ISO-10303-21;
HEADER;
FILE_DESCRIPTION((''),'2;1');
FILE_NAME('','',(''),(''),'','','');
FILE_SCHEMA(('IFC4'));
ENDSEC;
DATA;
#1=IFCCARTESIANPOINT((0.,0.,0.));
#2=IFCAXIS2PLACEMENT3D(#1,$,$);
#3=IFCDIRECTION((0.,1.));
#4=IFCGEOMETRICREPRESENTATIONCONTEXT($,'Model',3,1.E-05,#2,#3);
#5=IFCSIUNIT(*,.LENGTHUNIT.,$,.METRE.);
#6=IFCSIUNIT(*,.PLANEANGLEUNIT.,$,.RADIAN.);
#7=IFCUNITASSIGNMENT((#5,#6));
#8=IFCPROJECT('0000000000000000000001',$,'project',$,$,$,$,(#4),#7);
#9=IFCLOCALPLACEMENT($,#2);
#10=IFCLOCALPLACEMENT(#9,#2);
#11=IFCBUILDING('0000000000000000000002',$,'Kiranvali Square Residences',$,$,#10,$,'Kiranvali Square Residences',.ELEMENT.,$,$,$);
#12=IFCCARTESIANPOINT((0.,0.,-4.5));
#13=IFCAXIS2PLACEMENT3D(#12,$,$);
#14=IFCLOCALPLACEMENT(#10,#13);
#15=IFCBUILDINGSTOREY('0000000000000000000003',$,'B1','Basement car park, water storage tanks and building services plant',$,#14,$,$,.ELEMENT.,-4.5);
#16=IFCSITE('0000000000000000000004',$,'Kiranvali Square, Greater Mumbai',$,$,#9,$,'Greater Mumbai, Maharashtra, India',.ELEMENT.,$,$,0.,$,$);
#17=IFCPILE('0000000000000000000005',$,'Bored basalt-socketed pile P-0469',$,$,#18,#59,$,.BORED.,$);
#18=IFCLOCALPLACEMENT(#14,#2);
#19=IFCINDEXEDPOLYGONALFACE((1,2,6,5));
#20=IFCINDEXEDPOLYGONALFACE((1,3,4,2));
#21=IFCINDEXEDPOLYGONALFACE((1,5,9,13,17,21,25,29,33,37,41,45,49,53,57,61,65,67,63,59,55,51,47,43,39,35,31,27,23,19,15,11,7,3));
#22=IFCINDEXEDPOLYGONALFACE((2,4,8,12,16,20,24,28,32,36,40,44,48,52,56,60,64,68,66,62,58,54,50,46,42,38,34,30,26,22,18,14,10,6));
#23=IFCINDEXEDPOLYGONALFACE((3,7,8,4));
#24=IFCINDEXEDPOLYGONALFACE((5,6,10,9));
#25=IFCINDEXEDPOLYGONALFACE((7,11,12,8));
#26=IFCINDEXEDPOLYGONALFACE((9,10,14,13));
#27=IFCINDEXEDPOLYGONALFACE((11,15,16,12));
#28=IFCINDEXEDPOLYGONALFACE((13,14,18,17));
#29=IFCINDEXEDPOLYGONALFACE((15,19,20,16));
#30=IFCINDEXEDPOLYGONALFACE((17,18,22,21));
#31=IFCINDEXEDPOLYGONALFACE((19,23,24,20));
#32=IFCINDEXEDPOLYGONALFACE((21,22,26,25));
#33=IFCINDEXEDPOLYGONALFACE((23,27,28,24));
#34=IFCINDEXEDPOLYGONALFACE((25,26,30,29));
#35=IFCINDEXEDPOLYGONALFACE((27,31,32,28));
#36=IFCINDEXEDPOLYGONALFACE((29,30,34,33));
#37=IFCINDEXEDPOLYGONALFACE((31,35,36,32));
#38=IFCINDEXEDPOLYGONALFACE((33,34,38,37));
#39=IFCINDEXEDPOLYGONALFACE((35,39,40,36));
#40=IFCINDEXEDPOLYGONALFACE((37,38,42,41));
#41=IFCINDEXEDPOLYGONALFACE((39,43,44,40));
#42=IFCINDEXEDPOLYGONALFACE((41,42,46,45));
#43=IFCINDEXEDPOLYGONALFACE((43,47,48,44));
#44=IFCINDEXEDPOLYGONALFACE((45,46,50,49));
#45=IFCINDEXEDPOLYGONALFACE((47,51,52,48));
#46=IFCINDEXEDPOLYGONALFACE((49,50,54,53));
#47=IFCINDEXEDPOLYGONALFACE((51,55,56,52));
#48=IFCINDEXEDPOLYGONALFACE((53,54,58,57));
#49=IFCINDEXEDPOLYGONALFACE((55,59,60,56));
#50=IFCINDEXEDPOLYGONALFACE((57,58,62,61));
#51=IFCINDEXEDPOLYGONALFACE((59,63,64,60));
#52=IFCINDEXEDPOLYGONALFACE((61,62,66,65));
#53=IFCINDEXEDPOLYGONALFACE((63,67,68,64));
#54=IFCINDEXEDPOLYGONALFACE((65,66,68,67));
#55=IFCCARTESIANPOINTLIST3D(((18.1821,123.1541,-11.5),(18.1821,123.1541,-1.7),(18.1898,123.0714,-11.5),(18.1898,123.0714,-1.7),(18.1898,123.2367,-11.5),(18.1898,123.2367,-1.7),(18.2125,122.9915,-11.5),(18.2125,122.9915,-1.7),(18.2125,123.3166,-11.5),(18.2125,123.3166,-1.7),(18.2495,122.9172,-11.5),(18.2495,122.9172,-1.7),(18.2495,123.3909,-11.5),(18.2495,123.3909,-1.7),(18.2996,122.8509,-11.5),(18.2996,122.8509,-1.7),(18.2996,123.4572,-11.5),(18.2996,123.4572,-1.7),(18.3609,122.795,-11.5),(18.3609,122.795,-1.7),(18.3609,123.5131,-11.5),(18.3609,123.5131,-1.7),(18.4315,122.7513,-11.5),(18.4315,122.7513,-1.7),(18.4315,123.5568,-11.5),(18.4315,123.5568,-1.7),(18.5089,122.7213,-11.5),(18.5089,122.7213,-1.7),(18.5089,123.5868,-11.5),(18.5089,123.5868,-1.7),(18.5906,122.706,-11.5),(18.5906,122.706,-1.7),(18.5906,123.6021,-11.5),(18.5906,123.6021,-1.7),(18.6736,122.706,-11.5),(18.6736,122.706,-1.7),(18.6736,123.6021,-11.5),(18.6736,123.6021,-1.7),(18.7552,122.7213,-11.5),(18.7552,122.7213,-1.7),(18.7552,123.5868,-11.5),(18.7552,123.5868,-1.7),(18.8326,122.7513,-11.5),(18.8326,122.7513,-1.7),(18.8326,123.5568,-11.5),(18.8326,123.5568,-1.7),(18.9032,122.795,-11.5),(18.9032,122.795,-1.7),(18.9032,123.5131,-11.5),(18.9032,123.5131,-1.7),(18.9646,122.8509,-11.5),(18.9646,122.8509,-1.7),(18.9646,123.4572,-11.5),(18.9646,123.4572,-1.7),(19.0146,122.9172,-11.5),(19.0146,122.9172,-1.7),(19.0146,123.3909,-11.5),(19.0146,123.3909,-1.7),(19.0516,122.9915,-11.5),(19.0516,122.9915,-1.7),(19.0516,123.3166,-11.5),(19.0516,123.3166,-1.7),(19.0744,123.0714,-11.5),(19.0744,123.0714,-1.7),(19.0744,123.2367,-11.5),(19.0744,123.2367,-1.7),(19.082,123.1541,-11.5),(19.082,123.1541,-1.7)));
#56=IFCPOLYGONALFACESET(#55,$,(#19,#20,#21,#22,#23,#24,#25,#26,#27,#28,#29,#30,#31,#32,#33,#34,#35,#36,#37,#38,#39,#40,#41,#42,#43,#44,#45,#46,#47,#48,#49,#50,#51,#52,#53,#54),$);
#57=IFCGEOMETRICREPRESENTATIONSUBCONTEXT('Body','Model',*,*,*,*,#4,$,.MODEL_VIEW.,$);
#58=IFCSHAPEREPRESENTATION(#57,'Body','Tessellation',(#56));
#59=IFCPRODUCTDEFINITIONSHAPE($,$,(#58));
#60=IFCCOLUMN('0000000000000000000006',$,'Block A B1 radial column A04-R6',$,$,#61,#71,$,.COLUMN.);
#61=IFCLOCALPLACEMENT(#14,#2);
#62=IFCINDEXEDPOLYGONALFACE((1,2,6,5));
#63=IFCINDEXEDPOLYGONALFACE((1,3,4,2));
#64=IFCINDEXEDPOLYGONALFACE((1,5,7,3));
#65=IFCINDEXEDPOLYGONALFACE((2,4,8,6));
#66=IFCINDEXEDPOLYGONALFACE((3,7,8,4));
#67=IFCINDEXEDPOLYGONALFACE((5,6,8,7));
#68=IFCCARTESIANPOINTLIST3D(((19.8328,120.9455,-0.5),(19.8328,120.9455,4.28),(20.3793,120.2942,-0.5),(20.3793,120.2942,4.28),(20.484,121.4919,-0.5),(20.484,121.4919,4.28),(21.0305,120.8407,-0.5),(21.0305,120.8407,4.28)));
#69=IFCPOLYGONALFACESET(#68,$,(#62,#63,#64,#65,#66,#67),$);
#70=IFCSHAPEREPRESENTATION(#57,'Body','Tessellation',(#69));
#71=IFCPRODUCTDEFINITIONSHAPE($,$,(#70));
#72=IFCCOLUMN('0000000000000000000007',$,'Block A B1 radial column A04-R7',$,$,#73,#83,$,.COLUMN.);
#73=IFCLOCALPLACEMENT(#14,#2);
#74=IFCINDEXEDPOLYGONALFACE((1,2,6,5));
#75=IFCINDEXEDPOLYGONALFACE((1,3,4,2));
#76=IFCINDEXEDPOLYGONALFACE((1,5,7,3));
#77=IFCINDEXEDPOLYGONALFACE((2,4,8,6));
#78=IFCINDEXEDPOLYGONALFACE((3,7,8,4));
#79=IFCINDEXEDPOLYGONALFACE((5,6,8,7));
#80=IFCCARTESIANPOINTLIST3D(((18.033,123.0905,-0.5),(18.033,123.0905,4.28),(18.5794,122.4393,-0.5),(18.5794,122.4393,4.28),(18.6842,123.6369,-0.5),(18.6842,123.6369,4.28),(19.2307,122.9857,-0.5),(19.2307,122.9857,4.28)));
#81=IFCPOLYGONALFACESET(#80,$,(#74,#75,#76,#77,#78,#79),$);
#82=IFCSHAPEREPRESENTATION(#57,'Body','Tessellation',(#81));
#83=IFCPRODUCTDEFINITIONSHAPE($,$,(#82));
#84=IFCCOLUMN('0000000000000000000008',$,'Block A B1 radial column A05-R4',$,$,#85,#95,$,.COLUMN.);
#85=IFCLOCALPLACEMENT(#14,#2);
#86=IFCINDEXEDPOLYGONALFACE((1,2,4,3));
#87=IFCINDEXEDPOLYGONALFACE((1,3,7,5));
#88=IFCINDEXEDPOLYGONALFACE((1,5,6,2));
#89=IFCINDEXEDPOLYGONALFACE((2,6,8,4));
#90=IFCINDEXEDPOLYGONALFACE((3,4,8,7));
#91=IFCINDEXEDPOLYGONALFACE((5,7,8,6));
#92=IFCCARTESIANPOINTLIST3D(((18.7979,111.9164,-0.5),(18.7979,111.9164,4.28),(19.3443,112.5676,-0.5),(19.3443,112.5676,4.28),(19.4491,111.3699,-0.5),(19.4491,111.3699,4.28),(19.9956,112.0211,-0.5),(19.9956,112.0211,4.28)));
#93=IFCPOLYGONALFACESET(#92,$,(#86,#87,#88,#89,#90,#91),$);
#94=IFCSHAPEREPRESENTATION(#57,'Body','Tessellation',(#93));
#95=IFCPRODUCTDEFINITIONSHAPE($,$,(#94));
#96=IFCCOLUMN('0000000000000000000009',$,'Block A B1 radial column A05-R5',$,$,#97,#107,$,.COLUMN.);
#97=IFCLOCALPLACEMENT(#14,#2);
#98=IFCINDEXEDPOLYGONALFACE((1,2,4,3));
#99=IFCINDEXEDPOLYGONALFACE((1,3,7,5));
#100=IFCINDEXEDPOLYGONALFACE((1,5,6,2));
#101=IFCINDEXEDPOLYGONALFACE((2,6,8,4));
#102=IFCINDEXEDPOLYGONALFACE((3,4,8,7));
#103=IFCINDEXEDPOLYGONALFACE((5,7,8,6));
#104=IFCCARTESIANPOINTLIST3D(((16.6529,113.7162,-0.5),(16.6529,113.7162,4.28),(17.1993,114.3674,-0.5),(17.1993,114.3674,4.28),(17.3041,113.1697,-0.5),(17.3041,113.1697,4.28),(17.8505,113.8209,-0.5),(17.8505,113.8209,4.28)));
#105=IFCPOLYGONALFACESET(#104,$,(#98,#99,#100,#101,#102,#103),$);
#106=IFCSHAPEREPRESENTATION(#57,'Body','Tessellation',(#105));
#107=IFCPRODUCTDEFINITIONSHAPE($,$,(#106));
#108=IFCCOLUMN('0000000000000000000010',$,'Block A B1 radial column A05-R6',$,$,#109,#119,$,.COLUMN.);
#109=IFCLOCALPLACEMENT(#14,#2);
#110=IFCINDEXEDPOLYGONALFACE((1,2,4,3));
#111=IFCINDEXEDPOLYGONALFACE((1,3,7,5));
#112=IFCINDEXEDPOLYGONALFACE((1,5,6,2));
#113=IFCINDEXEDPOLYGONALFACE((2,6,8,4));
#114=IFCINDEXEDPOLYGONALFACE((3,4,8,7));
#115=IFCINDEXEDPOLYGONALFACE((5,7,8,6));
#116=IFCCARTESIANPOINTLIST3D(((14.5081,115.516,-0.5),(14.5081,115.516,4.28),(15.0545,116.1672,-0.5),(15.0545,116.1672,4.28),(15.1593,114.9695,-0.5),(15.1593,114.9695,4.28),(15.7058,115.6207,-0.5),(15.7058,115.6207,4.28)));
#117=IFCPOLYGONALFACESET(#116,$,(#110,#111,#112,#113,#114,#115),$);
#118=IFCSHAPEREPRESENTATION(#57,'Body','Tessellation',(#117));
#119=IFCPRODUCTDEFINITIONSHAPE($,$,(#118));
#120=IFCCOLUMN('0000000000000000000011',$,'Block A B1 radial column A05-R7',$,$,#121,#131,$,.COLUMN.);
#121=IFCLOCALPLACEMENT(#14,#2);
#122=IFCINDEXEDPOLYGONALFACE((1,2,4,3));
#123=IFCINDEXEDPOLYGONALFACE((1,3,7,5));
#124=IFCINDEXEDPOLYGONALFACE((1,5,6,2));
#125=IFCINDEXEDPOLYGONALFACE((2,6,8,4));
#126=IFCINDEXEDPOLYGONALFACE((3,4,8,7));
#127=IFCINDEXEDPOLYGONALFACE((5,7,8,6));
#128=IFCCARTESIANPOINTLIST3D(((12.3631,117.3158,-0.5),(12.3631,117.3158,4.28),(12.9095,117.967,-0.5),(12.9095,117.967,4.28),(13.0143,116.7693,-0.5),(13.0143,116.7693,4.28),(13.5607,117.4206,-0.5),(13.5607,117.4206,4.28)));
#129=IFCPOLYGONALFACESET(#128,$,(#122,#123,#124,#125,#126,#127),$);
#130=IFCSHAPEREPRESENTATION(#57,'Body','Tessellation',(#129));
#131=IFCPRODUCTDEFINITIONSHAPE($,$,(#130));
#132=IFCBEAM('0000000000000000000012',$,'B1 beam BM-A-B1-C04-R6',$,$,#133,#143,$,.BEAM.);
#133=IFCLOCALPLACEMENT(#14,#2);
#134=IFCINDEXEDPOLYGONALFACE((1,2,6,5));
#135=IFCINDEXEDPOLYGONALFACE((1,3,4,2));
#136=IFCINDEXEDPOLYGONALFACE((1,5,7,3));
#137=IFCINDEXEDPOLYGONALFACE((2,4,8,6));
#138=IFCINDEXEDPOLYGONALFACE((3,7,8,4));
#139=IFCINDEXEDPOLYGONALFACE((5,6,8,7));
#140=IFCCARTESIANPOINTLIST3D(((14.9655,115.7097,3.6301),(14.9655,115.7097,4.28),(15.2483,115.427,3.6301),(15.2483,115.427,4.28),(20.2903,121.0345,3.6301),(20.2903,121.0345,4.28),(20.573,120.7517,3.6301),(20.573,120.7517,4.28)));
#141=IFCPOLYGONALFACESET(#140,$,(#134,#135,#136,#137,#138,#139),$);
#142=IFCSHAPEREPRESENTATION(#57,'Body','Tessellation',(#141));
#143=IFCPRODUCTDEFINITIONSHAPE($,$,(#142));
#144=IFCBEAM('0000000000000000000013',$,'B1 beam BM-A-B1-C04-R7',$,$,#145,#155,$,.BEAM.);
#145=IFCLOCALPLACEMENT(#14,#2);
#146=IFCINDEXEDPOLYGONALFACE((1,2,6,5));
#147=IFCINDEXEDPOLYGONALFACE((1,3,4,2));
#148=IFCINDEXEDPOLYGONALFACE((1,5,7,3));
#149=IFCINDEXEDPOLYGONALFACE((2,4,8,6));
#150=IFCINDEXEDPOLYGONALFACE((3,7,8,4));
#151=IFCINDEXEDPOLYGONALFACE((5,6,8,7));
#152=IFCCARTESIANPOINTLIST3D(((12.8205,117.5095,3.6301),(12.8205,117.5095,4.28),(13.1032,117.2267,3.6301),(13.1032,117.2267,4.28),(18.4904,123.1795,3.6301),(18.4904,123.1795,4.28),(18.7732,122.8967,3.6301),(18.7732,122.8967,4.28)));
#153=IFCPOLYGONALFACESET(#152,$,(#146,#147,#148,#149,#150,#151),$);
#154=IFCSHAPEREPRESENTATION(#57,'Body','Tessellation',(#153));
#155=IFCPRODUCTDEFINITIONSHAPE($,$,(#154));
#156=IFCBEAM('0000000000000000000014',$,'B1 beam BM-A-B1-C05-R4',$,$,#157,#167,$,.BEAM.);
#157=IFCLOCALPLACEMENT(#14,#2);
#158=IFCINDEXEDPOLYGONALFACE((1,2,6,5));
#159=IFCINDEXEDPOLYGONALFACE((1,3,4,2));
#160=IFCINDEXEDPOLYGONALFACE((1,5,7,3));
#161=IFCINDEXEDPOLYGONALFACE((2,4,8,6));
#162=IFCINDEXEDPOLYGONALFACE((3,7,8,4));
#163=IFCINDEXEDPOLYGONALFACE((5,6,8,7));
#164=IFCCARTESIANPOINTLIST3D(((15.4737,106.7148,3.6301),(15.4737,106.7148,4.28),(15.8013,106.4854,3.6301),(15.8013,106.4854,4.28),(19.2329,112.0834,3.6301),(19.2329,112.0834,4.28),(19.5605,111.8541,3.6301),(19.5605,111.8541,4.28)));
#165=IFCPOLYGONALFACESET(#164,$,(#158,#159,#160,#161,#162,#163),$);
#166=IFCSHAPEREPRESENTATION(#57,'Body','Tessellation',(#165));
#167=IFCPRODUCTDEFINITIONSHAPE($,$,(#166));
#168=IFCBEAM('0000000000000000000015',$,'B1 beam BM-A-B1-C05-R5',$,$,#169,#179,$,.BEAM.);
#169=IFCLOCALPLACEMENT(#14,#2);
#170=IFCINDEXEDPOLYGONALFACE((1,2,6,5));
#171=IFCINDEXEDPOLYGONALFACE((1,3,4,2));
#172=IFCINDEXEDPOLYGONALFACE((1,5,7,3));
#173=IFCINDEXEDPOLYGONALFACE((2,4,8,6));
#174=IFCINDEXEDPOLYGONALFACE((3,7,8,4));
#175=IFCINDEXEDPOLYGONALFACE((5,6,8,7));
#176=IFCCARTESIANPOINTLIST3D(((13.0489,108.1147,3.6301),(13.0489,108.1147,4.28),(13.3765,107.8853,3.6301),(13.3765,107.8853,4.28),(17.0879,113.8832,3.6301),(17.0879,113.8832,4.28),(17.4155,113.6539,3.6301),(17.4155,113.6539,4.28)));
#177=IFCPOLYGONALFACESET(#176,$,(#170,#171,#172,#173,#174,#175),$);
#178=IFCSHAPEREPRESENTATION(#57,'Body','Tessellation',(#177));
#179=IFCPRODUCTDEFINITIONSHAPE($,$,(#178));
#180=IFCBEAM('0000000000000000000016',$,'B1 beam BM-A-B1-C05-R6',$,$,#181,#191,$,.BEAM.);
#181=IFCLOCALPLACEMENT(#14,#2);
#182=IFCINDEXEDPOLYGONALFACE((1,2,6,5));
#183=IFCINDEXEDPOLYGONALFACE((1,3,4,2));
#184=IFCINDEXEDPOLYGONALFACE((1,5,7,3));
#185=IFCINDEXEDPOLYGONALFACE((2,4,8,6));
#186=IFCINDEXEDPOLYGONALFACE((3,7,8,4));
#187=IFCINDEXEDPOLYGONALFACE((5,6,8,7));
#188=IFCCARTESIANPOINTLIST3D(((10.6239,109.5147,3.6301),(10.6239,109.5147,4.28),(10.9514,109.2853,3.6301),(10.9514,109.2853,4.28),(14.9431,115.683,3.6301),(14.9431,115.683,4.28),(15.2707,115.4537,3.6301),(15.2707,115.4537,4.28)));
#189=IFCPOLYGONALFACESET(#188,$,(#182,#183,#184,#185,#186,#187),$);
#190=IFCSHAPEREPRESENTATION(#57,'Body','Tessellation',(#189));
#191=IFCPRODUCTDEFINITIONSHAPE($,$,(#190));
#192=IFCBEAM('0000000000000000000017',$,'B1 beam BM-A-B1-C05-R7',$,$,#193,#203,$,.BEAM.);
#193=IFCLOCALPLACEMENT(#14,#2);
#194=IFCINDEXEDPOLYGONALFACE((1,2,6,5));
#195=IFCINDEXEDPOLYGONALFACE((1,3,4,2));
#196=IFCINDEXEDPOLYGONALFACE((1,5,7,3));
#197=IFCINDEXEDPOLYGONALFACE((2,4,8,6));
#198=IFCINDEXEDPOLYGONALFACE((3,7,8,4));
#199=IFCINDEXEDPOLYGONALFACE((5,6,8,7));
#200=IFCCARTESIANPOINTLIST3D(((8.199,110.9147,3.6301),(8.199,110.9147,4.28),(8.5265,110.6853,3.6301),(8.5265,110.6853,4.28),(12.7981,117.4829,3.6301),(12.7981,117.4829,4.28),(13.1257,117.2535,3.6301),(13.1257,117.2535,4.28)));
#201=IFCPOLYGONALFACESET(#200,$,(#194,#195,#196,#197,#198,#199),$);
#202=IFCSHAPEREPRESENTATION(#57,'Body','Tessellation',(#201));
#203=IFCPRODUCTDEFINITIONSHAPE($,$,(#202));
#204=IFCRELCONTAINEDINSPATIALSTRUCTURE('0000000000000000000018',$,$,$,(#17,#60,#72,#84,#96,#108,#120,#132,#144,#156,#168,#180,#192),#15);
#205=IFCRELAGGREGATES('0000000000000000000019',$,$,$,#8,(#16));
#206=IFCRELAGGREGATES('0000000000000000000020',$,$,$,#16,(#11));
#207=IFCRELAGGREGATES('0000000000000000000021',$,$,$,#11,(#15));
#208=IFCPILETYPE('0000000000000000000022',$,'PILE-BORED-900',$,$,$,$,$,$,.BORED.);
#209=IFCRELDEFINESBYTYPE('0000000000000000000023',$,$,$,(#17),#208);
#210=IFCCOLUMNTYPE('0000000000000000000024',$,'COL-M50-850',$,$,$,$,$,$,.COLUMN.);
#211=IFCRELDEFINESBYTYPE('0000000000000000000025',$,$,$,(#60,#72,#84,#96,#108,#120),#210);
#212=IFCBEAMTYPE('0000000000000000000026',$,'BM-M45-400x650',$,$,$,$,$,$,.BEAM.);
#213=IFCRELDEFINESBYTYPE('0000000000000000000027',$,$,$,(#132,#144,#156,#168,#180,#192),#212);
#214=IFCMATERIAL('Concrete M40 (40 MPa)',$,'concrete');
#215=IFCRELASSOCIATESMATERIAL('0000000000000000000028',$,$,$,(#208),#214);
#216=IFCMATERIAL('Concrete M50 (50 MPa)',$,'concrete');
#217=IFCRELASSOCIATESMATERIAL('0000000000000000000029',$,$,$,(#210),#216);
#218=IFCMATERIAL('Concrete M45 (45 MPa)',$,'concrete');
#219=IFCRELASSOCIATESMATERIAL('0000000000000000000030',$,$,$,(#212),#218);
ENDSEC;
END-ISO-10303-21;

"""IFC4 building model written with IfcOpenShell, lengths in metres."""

from ifc_helpers import new_model, si_unit, direction, frame, origin, origin_2d, place, context, subcontext, project, spatial, rectangle, circle, extrude, material, material_profile, profile_set, type_object, element, save


model = new_model("IFC4")

# Units and contexts
model_context = context("Model", 3, precision=1e-05, world=origin(), true_north=direction((0.0, 1.0)))
body_context = subcontext(model_context, "Body", "Model", "MODEL_VIEW")
ifc_project = project(units=[si_unit("LENGTHUNIT", "METRE"), si_unit("PLANEANGLEUNIT", "RADIAN")], contexts=[model_context])

# Site, building, storey
site_placement = place(None, origin())
site = spatial("IfcSite", under=ifc_project, at=site_placement, Name="Kiranvali Square, Greater Mumbai", LongName="Greater Mumbai, Maharashtra, India", CompositionType="ELEMENT", RefElevation=0.0)
building_placement = place(site_placement, origin())
building = spatial("IfcBuilding", under=site, at=building_placement, Name="Kiranvali Square Residences", LongName="Kiranvali Square Residences", CompositionType="ELEMENT")
storey_placement = place(building_placement, frame((0.0, 0.0, -4.5)))
storey = spatial("IfcBuildingStorey", under=building, at=storey_placement, Name="B1", Description="Basement car park, water storage tanks and building services plant", CompositionType="ELEMENT", Elevation=-4.5)

# Shared definitions
ifc_material_1 = material(Name="Concrete M40 (40 MPa)", Category="concrete")

# Pile
ifc_material_profile_1 = material_profile(ifc_material_1, circle(Radius=0.45, at=origin_2d()), Name="BORED PILE 900")
ifc_profile_set_1 = profile_set([ifc_material_profile_1], Name="Concrete M40 (40 MPa)")
pile_type_1 = type_object("IfcPileType", Name="PILE-BORED-900", PredefinedType="BORED", material=ifc_profile_set_1)
pile_placement = place(storey_placement, frame((18.6321, 123.1541, -1.7), z_axis=(0.0, 0.0, -1.0), x_axis=(1.0, 0.0, 0.0)))
element("IfcPile", 1, at=pile_placement, inside=storey, type_object=pile_type_1, Name="Bored basalt-socketed pile P-0469", PredefinedType="BORED", context=body_context, shape_type="SweptSolid", body=[
    extrude(circle(Radius=0.45, at=origin_2d()), origin(), (0.0, 0.0, 1.0), 9.8),
])

# Columns
ifc_material_2 = material(Name="Concrete M50 (50 MPa)", Category="concrete")
ifc_material_profile_2 = material_profile(ifc_material_2, rectangle(XDim=0.8501, YDim=0.8501, at=origin_2d()), Name="RC 850x850")
ifc_profile_set_2 = profile_set([ifc_material_profile_2], Name="Concrete M50 (50 MPa)")
column_type = type_object("IfcColumnType", Name="COL-M50-850", PredefinedType="COLUMN", material=ifc_profile_set_2)
for number, where, z_axis, x_axis, name in (
    (2, (20.4316, 120.8931, -0.5), (0.0, 0.0, 1.0), (0.766044, 0.642788, 0.0), "Block A B1 radial column A04-R6"),
    (3, (18.6318, 123.0381, -0.5), (0.0, 0.0, 1.0), (0.766044, 0.642788, 0.0), "Block A B1 radial column A04-R7"),
    (4, (19.3967, 111.9688, -0.5), (0.0, 0.0, 1.0), (0.642788, 0.766044, 0.0), "Block A B1 radial column A05-R4"),
    (5, (17.2517, 113.7686, -0.5), (0.0, 0.0, 1.0), (0.642788, 0.766044, 0.0), "Block A B1 radial column A05-R5"),
    (6, (15.1069, 115.5684, -0.5), (0.0, 0.0, 1.0), (0.642788, 0.766044, 0.0), "Block A B1 radial column A05-R6"),
    (7, (12.9619, 117.3682, -0.5), (0.0, 0.0, 1.0), (0.642788, 0.766044, 0.0), "Block A B1 radial column A05-R7"),
):
    element("IfcColumn", number, at=place(storey_placement, frame(where, z_axis=z_axis, x_axis=x_axis)), inside=storey, type_object=column_type, Name=name, PredefinedType="COLUMN", context=body_context, shape_type="SweptSolid", body=[
        extrude(rectangle(XDim=0.8501, YDim=0.8501, at=origin_2d()), origin(), (0.0, 0.0, 1.0), 4.78),
    ])

# Beams
ifc_material_3 = material(Name="Concrete M45 (45 MPa)", Category="concrete")
ifc_material_profile_3 = material_profile(ifc_material_3, rectangle(XDim=0.3999, YDim=0.6499, at=origin_2d()), Name="RC 400x650")
ifc_profile_set_3 = profile_set([ifc_material_profile_3], Name="Concrete M45 (45 MPa)")
beam_type = type_object("IfcBeamType", Name="BM-M45-400x650", PredefinedType="BEAM", material=ifc_profile_set_3)
beam_1_placement = place(storey_placement, frame((20.4316, 120.8931, 3.9551), z_axis=(-0.707107, -0.707107, 0.0), x_axis=(0.707107, -0.707107, 0.0)))
element("IfcBeam", 8, at=beam_1_placement, inside=storey, type_object=beam_type, Name="B1 beam BM-A-B1-C04-R6", PredefinedType="BEAM", context=body_context, shape_type="SweptSolid", body=[
    extrude(rectangle(XDim=0.3999, YDim=0.6499, at=origin_2d()), origin(), (0.0, 0.0, 1.0), 7.5303),
])
beam_2_placement = place(storey_placement, frame((18.6318, 123.0381, 3.9551), z_axis=(-0.707107, -0.707107, 0.0), x_axis=(0.707107, -0.707107, 0.0)))
element("IfcBeam", 9, at=beam_2_placement, inside=storey, type_object=beam_type, Name="B1 beam BM-A-B1-C04-R7", PredefinedType="BEAM", context=body_context, shape_type="SweptSolid", body=[
    extrude(rectangle(XDim=0.3999, YDim=0.6499, at=origin_2d()), origin(), (0.0, 0.0, 1.0), 8.0186),
])
beam_3_placement = place(storey_placement, frame((19.3967, 111.9688, 3.9551), z_axis=(-0.573587, -0.819144, 0.0), x_axis=(0.819144, -0.573587, 0.0)))
element("IfcBeam", 10, at=beam_3_placement, inside=storey, type_object=beam_type, Name="B1 beam BM-A-B1-C05-R4", PredefinedType="BEAM", context=body_context, shape_type="SweptSolid", body=[
    extrude(rectangle(XDim=0.3999, YDim=0.6499, at=origin_2d()), origin(), (0.0, 0.0, 1.0), 6.554),
])
beam_4_placement = place(storey_placement, frame((17.2517, 113.7686, 3.9551), z_axis=(-0.573565, -0.81916, 0.0), x_axis=(0.81916, -0.573565, 0.0)))
element("IfcBeam", 11, at=beam_4_placement, inside=storey, type_object=beam_type, Name="B1 beam BM-A-B1-C05-R5", PredefinedType="BEAM", context=body_context, shape_type="SweptSolid", body=[
    extrude(rectangle(XDim=0.3999, YDim=0.6499, at=origin_2d()), origin(), (0.0, 0.0, 1.0), 7.042),
])
beam_5_placement = place(storey_placement, frame((15.1069, 115.5684, 3.9551), z_axis=(-0.573589, -0.819144, 0.0), x_axis=(0.819144, -0.573589, 0.0)))
element("IfcBeam", 12, at=beam_5_placement, inside=storey, type_object=beam_type, Name="B1 beam BM-A-B1-C05-R6", PredefinedType="BEAM", context=body_context, shape_type="SweptSolid", body=[
    extrude(rectangle(XDim=0.3999, YDim=0.6499, at=origin_2d()), origin(), (0.0, 0.0, 1.0), 7.5303),
])
beam_6_placement = place(storey_placement, frame((12.9619, 117.3682, 3.9551), z_axis=(-0.573583, -0.819148, 0.0), x_axis=(0.819148, -0.573583, 0.0)))
element("IfcBeam", 13, at=beam_6_placement, inside=storey, type_object=beam_type, Name="B1 beam BM-A-B1-C05-R7", PredefinedType="BEAM", context=body_context, shape_type="SweptSolid", body=[
    extrude(rectangle(XDim=0.3999, YDim=0.6499, at=origin_2d()), origin(), (0.0, 0.0, 1.0), 8.0183),
])

save(model, "model.ifc")
